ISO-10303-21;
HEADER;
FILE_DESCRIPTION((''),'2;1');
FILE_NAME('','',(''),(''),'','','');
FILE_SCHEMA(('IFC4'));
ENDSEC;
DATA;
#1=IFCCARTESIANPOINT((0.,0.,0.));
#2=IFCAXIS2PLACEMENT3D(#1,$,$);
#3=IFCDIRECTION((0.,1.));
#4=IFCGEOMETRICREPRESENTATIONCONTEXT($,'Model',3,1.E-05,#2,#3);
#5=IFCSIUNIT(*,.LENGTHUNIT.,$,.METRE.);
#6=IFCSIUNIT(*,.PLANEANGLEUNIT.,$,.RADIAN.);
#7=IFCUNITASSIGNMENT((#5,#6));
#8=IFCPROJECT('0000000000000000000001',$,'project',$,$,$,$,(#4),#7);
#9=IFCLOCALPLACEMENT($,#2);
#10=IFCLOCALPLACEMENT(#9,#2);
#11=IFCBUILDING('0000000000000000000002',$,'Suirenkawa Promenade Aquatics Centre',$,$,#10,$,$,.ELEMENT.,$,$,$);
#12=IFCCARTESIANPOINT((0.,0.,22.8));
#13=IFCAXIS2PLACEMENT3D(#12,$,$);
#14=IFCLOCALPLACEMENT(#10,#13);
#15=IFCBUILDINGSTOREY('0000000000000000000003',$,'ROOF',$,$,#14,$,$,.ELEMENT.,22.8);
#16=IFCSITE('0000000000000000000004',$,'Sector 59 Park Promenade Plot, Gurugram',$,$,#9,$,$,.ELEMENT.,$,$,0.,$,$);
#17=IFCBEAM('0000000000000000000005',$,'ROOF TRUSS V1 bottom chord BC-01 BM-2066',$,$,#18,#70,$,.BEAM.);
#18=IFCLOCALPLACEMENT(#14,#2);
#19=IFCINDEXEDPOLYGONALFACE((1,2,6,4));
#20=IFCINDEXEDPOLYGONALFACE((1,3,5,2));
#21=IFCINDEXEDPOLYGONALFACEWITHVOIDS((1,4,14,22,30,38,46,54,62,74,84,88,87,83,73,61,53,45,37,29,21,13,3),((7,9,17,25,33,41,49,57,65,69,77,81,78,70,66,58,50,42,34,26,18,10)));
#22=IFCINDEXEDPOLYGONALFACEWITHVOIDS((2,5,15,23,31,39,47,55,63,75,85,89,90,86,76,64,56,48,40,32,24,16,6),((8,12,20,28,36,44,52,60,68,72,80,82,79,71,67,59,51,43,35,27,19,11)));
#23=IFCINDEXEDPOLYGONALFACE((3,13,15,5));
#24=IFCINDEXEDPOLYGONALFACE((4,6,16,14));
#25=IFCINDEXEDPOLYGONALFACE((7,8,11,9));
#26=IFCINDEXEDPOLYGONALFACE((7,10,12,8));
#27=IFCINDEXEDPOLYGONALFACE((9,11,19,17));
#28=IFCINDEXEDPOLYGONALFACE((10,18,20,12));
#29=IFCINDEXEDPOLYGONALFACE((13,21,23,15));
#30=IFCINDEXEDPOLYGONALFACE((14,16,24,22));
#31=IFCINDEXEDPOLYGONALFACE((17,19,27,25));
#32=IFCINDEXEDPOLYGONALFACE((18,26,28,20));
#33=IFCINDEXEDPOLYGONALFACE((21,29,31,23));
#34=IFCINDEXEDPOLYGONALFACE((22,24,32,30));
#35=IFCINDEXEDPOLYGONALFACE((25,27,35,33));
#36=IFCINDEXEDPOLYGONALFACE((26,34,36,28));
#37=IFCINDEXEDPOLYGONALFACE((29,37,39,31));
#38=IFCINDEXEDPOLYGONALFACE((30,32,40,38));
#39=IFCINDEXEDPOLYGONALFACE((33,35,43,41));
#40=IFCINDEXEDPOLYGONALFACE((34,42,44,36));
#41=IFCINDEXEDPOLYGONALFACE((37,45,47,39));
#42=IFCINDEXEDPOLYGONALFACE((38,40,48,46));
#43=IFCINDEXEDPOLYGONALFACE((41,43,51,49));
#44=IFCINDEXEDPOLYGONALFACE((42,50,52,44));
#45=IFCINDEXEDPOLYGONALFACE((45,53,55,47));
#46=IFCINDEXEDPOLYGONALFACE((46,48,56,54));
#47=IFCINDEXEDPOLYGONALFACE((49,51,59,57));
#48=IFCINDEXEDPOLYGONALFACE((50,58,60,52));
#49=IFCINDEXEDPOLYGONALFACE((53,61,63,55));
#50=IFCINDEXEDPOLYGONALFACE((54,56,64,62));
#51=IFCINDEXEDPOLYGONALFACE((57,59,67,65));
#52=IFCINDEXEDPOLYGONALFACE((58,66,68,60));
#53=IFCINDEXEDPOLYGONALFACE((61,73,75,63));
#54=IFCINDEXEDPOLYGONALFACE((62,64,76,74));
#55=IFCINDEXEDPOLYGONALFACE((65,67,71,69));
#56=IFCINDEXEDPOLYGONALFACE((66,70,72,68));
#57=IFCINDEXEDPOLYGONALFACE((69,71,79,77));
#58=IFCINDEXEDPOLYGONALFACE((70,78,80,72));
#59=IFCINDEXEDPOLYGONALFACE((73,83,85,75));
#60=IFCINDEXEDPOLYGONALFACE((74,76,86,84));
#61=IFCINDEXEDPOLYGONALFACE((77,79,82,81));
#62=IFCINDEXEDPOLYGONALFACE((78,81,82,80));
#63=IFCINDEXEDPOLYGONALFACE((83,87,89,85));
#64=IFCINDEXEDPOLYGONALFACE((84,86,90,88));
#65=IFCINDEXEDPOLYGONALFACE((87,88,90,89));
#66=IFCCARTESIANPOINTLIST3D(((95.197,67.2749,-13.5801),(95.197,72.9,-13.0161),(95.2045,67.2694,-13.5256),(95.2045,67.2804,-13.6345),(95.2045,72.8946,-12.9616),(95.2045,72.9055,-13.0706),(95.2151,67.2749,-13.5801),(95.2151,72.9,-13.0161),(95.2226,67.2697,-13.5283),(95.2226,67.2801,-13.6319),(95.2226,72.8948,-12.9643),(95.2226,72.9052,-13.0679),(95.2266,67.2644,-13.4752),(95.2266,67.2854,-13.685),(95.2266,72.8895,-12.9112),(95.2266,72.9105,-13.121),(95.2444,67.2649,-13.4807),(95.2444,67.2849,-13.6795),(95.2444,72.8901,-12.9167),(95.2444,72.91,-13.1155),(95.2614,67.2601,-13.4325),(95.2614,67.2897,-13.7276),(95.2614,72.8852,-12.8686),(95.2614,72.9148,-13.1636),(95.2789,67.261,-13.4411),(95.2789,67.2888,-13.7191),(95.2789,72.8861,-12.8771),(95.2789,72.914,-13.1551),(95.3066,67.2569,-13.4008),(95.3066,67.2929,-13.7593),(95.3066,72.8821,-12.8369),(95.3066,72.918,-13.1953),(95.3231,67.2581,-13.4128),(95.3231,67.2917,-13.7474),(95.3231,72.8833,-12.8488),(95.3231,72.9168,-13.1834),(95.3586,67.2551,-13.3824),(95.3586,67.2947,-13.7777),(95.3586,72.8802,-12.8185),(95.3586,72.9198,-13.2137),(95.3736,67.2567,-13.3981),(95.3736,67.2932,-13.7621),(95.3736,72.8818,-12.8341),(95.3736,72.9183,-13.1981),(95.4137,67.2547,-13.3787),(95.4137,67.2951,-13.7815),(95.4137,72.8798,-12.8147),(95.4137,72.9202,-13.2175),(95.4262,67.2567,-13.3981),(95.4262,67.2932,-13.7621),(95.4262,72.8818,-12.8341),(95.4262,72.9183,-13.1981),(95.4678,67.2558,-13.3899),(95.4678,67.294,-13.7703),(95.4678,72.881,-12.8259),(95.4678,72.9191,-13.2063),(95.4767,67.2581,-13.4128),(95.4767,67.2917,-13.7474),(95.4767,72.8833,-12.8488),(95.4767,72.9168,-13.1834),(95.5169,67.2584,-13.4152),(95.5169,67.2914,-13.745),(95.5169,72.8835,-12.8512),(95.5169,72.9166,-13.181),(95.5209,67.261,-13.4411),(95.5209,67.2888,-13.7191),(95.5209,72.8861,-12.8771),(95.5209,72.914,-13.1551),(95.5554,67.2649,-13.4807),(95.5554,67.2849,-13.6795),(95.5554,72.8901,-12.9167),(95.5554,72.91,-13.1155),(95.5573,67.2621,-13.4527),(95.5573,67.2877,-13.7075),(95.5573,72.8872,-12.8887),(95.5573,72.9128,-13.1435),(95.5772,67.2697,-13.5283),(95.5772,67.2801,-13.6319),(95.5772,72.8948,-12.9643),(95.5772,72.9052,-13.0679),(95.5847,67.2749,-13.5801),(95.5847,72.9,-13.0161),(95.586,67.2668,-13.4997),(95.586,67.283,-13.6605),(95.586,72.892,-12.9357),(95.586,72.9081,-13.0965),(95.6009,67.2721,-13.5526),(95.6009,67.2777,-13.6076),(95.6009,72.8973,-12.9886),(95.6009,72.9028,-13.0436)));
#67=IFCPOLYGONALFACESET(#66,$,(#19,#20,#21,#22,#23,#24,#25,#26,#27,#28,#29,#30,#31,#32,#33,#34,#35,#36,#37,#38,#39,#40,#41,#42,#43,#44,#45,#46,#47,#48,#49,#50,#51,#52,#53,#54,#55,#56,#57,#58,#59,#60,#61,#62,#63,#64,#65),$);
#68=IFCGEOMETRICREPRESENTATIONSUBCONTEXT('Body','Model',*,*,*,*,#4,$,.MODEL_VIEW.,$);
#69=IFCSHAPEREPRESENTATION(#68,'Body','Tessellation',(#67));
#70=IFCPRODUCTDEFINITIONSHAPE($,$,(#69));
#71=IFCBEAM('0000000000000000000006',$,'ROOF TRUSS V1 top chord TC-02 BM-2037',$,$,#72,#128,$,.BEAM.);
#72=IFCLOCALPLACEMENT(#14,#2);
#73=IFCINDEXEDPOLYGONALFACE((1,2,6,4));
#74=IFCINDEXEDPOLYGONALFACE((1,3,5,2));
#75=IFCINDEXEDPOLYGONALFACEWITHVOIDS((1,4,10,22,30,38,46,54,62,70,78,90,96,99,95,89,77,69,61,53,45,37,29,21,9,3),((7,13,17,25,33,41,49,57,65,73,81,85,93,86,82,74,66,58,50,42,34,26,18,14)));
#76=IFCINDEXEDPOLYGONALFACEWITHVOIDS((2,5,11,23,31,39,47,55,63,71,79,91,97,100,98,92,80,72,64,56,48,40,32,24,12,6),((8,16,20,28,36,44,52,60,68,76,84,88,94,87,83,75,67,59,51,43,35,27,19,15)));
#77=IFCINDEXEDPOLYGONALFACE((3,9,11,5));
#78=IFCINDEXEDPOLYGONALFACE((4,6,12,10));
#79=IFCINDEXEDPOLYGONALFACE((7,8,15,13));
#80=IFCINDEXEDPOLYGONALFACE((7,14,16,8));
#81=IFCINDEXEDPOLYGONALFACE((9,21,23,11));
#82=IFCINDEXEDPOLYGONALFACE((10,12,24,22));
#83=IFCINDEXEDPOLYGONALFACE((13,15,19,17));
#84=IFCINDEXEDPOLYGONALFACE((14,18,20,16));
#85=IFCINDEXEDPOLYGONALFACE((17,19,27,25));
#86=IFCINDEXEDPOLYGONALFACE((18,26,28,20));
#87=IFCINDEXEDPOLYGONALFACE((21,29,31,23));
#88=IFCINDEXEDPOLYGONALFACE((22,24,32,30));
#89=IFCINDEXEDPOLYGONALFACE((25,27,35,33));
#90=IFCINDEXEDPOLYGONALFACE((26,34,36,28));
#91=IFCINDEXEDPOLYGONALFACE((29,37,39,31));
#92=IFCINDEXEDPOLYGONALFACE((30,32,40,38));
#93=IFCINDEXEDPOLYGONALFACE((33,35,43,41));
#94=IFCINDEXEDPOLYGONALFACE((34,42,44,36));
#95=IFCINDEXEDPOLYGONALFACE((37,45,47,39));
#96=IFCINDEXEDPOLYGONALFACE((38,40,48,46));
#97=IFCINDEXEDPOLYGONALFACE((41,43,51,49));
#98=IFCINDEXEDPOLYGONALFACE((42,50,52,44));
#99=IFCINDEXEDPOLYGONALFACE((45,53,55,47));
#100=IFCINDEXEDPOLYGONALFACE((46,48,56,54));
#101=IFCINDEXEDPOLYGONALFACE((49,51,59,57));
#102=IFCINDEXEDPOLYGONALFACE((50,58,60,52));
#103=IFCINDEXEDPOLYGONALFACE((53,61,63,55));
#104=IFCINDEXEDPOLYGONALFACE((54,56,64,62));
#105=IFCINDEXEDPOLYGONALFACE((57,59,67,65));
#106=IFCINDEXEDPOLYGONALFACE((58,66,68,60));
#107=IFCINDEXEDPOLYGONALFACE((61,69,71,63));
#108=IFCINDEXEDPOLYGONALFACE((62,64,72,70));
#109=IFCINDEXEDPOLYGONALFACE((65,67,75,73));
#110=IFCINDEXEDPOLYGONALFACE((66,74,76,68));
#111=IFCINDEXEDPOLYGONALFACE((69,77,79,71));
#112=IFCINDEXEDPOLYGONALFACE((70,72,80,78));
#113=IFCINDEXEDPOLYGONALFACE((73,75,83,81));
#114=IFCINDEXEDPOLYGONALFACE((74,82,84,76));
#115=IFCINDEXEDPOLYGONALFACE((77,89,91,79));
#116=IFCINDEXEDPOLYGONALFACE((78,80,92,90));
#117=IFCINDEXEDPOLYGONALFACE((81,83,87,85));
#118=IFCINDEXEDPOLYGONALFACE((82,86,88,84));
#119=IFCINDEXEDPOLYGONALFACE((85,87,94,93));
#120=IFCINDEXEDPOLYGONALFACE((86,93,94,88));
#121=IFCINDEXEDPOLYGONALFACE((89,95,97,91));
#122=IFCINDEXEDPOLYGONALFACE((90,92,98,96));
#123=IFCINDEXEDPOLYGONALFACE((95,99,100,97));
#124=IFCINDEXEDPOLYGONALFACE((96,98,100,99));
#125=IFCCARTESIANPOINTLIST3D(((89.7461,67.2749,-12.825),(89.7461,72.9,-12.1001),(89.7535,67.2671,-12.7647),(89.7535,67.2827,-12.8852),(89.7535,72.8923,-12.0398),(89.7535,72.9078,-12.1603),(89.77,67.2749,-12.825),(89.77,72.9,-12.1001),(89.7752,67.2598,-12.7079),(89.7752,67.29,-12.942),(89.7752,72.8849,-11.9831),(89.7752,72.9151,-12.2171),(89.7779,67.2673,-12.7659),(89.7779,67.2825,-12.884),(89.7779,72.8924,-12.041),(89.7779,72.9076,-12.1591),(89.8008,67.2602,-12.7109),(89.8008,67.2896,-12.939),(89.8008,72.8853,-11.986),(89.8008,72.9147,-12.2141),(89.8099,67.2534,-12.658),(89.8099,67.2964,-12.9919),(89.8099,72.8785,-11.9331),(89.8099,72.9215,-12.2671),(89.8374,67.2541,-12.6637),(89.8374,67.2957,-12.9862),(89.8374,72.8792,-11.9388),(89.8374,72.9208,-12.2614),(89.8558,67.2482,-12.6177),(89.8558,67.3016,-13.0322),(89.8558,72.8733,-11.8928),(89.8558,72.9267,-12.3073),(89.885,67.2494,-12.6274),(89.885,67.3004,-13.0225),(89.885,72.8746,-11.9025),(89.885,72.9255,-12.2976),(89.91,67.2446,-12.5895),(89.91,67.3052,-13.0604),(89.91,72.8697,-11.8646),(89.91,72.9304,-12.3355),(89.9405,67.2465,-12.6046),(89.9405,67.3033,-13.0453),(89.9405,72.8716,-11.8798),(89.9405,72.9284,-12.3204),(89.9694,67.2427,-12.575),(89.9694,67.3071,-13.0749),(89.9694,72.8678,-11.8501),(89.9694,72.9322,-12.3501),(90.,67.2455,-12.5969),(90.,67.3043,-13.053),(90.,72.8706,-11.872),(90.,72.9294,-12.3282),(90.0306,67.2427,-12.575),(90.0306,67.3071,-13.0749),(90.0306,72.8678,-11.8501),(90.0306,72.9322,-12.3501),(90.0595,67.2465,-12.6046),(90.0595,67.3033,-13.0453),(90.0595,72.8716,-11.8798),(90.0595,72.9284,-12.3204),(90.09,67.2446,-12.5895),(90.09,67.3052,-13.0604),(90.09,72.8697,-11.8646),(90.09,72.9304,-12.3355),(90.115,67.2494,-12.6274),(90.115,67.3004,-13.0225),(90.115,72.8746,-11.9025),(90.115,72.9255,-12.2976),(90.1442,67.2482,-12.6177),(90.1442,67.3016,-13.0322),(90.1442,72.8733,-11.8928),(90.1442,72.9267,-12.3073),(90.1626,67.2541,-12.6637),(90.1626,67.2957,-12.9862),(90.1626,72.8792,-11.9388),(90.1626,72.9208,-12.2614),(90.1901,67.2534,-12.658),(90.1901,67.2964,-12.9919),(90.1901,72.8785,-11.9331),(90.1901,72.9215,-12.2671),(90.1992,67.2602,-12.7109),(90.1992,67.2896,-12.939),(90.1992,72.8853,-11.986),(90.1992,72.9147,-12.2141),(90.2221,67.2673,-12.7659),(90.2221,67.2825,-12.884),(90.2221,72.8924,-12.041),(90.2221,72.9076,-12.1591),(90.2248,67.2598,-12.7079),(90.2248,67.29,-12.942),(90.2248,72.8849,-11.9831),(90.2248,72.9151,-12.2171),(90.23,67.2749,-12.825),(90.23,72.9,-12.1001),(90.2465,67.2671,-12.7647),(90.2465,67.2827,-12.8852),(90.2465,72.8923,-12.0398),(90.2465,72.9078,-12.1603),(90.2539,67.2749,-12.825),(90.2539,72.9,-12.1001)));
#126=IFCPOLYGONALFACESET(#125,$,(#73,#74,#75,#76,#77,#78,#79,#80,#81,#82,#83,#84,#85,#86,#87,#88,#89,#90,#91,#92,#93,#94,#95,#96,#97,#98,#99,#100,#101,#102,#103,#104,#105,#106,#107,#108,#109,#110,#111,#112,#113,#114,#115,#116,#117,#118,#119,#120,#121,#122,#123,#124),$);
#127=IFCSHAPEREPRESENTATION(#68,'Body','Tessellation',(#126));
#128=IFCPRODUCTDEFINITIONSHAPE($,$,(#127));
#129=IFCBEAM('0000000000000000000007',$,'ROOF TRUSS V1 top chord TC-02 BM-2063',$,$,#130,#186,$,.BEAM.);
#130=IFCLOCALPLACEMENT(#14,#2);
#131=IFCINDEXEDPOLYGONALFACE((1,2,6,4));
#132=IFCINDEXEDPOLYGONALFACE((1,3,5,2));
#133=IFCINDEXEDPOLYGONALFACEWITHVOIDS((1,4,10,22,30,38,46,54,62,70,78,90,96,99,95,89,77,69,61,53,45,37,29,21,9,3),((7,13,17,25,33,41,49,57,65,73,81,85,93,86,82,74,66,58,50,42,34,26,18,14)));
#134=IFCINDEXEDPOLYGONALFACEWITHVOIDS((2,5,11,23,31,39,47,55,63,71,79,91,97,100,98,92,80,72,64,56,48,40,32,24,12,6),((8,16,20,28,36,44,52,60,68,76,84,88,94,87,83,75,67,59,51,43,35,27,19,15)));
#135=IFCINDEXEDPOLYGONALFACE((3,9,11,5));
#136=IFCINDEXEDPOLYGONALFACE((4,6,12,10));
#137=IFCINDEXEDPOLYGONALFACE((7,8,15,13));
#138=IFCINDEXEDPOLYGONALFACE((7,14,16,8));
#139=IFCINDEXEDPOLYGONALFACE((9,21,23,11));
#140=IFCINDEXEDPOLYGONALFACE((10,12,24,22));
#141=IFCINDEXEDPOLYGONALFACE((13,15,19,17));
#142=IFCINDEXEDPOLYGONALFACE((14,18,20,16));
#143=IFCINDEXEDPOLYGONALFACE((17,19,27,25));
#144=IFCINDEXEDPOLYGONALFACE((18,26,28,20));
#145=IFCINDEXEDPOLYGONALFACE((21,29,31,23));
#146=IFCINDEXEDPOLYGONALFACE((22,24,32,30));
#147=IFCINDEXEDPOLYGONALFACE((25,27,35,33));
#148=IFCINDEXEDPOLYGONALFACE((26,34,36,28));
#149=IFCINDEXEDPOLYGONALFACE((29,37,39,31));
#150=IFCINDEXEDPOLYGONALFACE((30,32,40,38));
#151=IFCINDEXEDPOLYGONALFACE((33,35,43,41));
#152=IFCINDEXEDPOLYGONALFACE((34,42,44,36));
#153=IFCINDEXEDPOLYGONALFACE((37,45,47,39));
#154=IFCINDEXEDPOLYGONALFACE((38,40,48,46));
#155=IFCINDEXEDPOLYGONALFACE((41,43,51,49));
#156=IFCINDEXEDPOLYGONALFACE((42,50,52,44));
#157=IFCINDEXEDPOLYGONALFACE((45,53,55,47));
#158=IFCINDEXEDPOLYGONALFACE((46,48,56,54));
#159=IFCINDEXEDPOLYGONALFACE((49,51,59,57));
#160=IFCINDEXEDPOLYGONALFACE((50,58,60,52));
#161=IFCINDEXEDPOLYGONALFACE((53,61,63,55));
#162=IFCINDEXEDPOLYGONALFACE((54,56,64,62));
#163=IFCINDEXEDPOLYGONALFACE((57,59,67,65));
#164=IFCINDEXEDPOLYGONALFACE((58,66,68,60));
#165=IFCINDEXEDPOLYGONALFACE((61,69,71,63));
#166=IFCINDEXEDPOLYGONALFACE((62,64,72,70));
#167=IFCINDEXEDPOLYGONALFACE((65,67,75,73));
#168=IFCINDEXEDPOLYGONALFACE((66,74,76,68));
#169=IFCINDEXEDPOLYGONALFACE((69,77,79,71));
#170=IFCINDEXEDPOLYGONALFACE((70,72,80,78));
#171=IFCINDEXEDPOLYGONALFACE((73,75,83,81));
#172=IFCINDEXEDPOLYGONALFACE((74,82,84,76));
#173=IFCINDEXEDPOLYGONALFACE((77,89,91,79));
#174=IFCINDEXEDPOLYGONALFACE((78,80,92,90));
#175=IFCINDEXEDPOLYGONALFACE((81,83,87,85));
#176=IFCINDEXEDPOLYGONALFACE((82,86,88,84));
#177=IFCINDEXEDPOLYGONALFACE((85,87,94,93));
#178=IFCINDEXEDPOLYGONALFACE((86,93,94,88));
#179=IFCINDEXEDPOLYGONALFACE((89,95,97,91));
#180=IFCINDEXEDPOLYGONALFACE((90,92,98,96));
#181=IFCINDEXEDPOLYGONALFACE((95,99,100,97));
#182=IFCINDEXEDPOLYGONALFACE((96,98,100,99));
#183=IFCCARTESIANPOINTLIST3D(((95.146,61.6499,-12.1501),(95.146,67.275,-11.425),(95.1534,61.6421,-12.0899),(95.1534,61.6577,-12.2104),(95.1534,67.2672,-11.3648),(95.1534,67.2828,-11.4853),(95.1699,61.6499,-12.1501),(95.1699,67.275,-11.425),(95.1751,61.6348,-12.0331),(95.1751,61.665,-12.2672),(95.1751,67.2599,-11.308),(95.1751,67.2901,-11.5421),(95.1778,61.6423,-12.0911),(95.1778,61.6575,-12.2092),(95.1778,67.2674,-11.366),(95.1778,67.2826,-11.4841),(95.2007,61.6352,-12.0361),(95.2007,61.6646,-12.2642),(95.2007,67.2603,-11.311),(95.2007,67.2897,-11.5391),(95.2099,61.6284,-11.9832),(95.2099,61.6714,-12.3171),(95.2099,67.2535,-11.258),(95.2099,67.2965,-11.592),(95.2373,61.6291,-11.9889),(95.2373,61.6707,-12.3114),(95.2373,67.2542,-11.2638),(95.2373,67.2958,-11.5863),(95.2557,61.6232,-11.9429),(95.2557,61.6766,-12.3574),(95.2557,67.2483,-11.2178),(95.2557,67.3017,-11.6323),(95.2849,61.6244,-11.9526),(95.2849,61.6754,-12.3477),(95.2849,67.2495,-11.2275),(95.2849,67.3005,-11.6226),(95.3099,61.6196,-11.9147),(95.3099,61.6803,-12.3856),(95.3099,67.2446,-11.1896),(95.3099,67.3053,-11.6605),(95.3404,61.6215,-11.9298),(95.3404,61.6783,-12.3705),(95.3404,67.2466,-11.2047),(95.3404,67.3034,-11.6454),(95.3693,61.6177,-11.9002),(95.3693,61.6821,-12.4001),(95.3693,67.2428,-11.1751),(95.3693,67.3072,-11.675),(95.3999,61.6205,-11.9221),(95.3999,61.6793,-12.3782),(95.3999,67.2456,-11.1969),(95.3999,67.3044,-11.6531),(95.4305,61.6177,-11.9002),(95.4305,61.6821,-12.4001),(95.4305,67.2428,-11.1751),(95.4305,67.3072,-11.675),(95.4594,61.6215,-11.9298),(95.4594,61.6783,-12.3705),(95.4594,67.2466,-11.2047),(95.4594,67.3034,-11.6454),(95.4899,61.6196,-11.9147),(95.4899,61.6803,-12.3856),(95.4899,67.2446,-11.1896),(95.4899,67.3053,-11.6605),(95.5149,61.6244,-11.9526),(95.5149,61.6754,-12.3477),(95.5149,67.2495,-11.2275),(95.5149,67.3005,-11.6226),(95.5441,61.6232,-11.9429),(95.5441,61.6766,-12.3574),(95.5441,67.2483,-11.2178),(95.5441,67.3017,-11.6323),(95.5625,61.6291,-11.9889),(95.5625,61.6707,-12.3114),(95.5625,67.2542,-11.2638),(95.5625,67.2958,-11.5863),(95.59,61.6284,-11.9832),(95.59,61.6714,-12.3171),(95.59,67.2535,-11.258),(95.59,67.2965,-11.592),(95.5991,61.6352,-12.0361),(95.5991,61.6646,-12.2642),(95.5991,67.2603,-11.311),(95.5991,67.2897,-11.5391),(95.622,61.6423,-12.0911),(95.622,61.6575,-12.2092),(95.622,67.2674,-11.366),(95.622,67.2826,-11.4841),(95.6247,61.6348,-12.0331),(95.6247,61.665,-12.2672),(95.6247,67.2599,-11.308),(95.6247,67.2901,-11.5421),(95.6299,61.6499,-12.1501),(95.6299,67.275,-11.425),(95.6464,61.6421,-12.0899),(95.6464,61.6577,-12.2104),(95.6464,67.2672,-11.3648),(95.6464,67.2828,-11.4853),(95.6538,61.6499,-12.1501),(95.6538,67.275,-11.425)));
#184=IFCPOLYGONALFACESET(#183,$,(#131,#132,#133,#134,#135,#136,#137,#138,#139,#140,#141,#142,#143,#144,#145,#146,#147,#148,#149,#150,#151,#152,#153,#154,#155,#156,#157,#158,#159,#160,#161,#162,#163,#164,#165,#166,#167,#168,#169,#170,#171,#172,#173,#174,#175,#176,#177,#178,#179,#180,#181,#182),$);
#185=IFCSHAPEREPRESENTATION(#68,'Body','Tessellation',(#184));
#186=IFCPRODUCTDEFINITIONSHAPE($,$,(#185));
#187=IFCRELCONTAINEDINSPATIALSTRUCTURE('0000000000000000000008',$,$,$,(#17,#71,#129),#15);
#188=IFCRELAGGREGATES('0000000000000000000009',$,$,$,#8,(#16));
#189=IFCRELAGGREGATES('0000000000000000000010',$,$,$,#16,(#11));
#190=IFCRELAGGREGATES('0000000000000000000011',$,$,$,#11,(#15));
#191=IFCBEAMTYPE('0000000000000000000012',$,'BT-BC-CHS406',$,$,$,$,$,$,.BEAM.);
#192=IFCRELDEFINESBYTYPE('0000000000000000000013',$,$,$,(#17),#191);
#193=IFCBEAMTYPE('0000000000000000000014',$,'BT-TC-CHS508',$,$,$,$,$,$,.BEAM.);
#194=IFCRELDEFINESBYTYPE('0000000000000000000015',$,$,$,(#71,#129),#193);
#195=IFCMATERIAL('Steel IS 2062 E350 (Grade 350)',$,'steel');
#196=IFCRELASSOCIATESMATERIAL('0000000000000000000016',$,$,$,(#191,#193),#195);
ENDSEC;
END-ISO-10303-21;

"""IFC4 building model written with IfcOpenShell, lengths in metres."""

from ifc_helpers import new_model, si_unit, direction, frame, origin, origin_2d, place, context, subcontext, project, spatial, hollow_circle, extrude, material, material_profile, profile_set, type_object, element, save


model = new_model("IFC4")

# Units and contexts
model_context = context("Model", 3, precision=1e-05, world=origin(), true_north=direction((0.0, 1.0)))
body_context = subcontext(model_context, "Body", "Model", "MODEL_VIEW")
ifc_project = project(units=[si_unit("LENGTHUNIT", "METRE"), si_unit("PLANEANGLEUNIT", "RADIAN")], contexts=[model_context])

# Site, building, storey
site_placement = place(None, origin())
site = spatial("IfcSite", under=ifc_project, at=site_placement, Name="Sector 59 Park Promenade Plot, Gurugram", CompositionType="ELEMENT", RefElevation=0.0)
building_placement = place(site_placement, origin())
building = spatial("IfcBuilding", under=site, at=building_placement, Name="Suirenkawa Promenade Aquatics Centre", CompositionType="ELEMENT")
storey_placement = place(building_placement, frame((0.0, 0.0, 22.8)))
storey = spatial("IfcBuildingStorey", under=building, at=storey_placement, Name="ROOF", CompositionType="ELEMENT", Elevation=22.8)

# Beams
ifc_material = material(Name="Steel IS 2062 E350 (Grade 350)", Category="steel")
ifc_material_profile_1 = material_profile(ifc_material, hollow_circle(Radius=0.2029, WallThickness=0.0181, at=origin_2d()), Name="CHS 406x18", Category="steel")
ifc_profile_set_1 = profile_set([ifc_material_profile_1], Name="Steel IS 2062 E350 (Grade 350)")
beam_type_1 = type_object("IfcBeamType", Name="BT-BC-CHS406", PredefinedType="BEAM", material=ifc_profile_set_1)
beam_1_placement = place(storey_placement, frame((95.3999, 67.2749, -13.5801), z_axis=(0.0, 0.995012, 0.09976), x_axis=(-1.0, 0.0, 0.0)))
element("IfcBeam", 1, at=beam_1_placement, inside=storey, type_object=beam_type_1, Name="ROOF TRUSS V1 bottom chord BC-01 BM-2066", PredefinedType="BEAM", context=body_context, shape_type="SweptSolid", body=[
    extrude(hollow_circle(Radius=0.2029, WallThickness=0.0181, at=origin_2d()), origin(), (0.0, 0.0, 1.0), 5.6533),
])
ifc_material_profile_2 = material_profile(ifc_material, hollow_circle(Radius=0.2539, WallThickness=0.0239, at=origin_2d()), Name="CHS 508x24", Category="steel")
ifc_profile_set_2 = profile_set([ifc_material_profile_2], Name="Steel IS 2062 E350 (Grade 350)")
beam_type_2 = type_object("IfcBeamType", Name="BT-TC-CHS508", PredefinedType="BEAM", material=ifc_profile_set_2)
for number, where, z_axis, x_axis, name in (
    (2, (90.0, 67.2749, -12.825), (0.0, 0.991799, 0.127806), (-1.0, 0.0, 0.0), "ROOF TRUSS V1 top chord TC-02 BM-2037"),
    (3, (95.3999, 61.6499, -12.1501), (0.0, 0.991794, 0.127848), (-1.0, 0.0, 0.0), "ROOF TRUSS V1 top chord TC-02 BM-2063"),
):
    element("IfcBeam", number, at=place(storey_placement, frame(where, z_axis=z_axis, x_axis=x_axis)), inside=storey, type_object=beam_type_2, Name=name, PredefinedType="BEAM", context=body_context, shape_type="SweptSolid", body=[
        extrude(hollow_circle(Radius=0.2539, WallThickness=0.0239, at=origin_2d()), origin(), (0.0, 0.0, 1.0), 5.6716),
    ])

save(model, "model.ifc")
